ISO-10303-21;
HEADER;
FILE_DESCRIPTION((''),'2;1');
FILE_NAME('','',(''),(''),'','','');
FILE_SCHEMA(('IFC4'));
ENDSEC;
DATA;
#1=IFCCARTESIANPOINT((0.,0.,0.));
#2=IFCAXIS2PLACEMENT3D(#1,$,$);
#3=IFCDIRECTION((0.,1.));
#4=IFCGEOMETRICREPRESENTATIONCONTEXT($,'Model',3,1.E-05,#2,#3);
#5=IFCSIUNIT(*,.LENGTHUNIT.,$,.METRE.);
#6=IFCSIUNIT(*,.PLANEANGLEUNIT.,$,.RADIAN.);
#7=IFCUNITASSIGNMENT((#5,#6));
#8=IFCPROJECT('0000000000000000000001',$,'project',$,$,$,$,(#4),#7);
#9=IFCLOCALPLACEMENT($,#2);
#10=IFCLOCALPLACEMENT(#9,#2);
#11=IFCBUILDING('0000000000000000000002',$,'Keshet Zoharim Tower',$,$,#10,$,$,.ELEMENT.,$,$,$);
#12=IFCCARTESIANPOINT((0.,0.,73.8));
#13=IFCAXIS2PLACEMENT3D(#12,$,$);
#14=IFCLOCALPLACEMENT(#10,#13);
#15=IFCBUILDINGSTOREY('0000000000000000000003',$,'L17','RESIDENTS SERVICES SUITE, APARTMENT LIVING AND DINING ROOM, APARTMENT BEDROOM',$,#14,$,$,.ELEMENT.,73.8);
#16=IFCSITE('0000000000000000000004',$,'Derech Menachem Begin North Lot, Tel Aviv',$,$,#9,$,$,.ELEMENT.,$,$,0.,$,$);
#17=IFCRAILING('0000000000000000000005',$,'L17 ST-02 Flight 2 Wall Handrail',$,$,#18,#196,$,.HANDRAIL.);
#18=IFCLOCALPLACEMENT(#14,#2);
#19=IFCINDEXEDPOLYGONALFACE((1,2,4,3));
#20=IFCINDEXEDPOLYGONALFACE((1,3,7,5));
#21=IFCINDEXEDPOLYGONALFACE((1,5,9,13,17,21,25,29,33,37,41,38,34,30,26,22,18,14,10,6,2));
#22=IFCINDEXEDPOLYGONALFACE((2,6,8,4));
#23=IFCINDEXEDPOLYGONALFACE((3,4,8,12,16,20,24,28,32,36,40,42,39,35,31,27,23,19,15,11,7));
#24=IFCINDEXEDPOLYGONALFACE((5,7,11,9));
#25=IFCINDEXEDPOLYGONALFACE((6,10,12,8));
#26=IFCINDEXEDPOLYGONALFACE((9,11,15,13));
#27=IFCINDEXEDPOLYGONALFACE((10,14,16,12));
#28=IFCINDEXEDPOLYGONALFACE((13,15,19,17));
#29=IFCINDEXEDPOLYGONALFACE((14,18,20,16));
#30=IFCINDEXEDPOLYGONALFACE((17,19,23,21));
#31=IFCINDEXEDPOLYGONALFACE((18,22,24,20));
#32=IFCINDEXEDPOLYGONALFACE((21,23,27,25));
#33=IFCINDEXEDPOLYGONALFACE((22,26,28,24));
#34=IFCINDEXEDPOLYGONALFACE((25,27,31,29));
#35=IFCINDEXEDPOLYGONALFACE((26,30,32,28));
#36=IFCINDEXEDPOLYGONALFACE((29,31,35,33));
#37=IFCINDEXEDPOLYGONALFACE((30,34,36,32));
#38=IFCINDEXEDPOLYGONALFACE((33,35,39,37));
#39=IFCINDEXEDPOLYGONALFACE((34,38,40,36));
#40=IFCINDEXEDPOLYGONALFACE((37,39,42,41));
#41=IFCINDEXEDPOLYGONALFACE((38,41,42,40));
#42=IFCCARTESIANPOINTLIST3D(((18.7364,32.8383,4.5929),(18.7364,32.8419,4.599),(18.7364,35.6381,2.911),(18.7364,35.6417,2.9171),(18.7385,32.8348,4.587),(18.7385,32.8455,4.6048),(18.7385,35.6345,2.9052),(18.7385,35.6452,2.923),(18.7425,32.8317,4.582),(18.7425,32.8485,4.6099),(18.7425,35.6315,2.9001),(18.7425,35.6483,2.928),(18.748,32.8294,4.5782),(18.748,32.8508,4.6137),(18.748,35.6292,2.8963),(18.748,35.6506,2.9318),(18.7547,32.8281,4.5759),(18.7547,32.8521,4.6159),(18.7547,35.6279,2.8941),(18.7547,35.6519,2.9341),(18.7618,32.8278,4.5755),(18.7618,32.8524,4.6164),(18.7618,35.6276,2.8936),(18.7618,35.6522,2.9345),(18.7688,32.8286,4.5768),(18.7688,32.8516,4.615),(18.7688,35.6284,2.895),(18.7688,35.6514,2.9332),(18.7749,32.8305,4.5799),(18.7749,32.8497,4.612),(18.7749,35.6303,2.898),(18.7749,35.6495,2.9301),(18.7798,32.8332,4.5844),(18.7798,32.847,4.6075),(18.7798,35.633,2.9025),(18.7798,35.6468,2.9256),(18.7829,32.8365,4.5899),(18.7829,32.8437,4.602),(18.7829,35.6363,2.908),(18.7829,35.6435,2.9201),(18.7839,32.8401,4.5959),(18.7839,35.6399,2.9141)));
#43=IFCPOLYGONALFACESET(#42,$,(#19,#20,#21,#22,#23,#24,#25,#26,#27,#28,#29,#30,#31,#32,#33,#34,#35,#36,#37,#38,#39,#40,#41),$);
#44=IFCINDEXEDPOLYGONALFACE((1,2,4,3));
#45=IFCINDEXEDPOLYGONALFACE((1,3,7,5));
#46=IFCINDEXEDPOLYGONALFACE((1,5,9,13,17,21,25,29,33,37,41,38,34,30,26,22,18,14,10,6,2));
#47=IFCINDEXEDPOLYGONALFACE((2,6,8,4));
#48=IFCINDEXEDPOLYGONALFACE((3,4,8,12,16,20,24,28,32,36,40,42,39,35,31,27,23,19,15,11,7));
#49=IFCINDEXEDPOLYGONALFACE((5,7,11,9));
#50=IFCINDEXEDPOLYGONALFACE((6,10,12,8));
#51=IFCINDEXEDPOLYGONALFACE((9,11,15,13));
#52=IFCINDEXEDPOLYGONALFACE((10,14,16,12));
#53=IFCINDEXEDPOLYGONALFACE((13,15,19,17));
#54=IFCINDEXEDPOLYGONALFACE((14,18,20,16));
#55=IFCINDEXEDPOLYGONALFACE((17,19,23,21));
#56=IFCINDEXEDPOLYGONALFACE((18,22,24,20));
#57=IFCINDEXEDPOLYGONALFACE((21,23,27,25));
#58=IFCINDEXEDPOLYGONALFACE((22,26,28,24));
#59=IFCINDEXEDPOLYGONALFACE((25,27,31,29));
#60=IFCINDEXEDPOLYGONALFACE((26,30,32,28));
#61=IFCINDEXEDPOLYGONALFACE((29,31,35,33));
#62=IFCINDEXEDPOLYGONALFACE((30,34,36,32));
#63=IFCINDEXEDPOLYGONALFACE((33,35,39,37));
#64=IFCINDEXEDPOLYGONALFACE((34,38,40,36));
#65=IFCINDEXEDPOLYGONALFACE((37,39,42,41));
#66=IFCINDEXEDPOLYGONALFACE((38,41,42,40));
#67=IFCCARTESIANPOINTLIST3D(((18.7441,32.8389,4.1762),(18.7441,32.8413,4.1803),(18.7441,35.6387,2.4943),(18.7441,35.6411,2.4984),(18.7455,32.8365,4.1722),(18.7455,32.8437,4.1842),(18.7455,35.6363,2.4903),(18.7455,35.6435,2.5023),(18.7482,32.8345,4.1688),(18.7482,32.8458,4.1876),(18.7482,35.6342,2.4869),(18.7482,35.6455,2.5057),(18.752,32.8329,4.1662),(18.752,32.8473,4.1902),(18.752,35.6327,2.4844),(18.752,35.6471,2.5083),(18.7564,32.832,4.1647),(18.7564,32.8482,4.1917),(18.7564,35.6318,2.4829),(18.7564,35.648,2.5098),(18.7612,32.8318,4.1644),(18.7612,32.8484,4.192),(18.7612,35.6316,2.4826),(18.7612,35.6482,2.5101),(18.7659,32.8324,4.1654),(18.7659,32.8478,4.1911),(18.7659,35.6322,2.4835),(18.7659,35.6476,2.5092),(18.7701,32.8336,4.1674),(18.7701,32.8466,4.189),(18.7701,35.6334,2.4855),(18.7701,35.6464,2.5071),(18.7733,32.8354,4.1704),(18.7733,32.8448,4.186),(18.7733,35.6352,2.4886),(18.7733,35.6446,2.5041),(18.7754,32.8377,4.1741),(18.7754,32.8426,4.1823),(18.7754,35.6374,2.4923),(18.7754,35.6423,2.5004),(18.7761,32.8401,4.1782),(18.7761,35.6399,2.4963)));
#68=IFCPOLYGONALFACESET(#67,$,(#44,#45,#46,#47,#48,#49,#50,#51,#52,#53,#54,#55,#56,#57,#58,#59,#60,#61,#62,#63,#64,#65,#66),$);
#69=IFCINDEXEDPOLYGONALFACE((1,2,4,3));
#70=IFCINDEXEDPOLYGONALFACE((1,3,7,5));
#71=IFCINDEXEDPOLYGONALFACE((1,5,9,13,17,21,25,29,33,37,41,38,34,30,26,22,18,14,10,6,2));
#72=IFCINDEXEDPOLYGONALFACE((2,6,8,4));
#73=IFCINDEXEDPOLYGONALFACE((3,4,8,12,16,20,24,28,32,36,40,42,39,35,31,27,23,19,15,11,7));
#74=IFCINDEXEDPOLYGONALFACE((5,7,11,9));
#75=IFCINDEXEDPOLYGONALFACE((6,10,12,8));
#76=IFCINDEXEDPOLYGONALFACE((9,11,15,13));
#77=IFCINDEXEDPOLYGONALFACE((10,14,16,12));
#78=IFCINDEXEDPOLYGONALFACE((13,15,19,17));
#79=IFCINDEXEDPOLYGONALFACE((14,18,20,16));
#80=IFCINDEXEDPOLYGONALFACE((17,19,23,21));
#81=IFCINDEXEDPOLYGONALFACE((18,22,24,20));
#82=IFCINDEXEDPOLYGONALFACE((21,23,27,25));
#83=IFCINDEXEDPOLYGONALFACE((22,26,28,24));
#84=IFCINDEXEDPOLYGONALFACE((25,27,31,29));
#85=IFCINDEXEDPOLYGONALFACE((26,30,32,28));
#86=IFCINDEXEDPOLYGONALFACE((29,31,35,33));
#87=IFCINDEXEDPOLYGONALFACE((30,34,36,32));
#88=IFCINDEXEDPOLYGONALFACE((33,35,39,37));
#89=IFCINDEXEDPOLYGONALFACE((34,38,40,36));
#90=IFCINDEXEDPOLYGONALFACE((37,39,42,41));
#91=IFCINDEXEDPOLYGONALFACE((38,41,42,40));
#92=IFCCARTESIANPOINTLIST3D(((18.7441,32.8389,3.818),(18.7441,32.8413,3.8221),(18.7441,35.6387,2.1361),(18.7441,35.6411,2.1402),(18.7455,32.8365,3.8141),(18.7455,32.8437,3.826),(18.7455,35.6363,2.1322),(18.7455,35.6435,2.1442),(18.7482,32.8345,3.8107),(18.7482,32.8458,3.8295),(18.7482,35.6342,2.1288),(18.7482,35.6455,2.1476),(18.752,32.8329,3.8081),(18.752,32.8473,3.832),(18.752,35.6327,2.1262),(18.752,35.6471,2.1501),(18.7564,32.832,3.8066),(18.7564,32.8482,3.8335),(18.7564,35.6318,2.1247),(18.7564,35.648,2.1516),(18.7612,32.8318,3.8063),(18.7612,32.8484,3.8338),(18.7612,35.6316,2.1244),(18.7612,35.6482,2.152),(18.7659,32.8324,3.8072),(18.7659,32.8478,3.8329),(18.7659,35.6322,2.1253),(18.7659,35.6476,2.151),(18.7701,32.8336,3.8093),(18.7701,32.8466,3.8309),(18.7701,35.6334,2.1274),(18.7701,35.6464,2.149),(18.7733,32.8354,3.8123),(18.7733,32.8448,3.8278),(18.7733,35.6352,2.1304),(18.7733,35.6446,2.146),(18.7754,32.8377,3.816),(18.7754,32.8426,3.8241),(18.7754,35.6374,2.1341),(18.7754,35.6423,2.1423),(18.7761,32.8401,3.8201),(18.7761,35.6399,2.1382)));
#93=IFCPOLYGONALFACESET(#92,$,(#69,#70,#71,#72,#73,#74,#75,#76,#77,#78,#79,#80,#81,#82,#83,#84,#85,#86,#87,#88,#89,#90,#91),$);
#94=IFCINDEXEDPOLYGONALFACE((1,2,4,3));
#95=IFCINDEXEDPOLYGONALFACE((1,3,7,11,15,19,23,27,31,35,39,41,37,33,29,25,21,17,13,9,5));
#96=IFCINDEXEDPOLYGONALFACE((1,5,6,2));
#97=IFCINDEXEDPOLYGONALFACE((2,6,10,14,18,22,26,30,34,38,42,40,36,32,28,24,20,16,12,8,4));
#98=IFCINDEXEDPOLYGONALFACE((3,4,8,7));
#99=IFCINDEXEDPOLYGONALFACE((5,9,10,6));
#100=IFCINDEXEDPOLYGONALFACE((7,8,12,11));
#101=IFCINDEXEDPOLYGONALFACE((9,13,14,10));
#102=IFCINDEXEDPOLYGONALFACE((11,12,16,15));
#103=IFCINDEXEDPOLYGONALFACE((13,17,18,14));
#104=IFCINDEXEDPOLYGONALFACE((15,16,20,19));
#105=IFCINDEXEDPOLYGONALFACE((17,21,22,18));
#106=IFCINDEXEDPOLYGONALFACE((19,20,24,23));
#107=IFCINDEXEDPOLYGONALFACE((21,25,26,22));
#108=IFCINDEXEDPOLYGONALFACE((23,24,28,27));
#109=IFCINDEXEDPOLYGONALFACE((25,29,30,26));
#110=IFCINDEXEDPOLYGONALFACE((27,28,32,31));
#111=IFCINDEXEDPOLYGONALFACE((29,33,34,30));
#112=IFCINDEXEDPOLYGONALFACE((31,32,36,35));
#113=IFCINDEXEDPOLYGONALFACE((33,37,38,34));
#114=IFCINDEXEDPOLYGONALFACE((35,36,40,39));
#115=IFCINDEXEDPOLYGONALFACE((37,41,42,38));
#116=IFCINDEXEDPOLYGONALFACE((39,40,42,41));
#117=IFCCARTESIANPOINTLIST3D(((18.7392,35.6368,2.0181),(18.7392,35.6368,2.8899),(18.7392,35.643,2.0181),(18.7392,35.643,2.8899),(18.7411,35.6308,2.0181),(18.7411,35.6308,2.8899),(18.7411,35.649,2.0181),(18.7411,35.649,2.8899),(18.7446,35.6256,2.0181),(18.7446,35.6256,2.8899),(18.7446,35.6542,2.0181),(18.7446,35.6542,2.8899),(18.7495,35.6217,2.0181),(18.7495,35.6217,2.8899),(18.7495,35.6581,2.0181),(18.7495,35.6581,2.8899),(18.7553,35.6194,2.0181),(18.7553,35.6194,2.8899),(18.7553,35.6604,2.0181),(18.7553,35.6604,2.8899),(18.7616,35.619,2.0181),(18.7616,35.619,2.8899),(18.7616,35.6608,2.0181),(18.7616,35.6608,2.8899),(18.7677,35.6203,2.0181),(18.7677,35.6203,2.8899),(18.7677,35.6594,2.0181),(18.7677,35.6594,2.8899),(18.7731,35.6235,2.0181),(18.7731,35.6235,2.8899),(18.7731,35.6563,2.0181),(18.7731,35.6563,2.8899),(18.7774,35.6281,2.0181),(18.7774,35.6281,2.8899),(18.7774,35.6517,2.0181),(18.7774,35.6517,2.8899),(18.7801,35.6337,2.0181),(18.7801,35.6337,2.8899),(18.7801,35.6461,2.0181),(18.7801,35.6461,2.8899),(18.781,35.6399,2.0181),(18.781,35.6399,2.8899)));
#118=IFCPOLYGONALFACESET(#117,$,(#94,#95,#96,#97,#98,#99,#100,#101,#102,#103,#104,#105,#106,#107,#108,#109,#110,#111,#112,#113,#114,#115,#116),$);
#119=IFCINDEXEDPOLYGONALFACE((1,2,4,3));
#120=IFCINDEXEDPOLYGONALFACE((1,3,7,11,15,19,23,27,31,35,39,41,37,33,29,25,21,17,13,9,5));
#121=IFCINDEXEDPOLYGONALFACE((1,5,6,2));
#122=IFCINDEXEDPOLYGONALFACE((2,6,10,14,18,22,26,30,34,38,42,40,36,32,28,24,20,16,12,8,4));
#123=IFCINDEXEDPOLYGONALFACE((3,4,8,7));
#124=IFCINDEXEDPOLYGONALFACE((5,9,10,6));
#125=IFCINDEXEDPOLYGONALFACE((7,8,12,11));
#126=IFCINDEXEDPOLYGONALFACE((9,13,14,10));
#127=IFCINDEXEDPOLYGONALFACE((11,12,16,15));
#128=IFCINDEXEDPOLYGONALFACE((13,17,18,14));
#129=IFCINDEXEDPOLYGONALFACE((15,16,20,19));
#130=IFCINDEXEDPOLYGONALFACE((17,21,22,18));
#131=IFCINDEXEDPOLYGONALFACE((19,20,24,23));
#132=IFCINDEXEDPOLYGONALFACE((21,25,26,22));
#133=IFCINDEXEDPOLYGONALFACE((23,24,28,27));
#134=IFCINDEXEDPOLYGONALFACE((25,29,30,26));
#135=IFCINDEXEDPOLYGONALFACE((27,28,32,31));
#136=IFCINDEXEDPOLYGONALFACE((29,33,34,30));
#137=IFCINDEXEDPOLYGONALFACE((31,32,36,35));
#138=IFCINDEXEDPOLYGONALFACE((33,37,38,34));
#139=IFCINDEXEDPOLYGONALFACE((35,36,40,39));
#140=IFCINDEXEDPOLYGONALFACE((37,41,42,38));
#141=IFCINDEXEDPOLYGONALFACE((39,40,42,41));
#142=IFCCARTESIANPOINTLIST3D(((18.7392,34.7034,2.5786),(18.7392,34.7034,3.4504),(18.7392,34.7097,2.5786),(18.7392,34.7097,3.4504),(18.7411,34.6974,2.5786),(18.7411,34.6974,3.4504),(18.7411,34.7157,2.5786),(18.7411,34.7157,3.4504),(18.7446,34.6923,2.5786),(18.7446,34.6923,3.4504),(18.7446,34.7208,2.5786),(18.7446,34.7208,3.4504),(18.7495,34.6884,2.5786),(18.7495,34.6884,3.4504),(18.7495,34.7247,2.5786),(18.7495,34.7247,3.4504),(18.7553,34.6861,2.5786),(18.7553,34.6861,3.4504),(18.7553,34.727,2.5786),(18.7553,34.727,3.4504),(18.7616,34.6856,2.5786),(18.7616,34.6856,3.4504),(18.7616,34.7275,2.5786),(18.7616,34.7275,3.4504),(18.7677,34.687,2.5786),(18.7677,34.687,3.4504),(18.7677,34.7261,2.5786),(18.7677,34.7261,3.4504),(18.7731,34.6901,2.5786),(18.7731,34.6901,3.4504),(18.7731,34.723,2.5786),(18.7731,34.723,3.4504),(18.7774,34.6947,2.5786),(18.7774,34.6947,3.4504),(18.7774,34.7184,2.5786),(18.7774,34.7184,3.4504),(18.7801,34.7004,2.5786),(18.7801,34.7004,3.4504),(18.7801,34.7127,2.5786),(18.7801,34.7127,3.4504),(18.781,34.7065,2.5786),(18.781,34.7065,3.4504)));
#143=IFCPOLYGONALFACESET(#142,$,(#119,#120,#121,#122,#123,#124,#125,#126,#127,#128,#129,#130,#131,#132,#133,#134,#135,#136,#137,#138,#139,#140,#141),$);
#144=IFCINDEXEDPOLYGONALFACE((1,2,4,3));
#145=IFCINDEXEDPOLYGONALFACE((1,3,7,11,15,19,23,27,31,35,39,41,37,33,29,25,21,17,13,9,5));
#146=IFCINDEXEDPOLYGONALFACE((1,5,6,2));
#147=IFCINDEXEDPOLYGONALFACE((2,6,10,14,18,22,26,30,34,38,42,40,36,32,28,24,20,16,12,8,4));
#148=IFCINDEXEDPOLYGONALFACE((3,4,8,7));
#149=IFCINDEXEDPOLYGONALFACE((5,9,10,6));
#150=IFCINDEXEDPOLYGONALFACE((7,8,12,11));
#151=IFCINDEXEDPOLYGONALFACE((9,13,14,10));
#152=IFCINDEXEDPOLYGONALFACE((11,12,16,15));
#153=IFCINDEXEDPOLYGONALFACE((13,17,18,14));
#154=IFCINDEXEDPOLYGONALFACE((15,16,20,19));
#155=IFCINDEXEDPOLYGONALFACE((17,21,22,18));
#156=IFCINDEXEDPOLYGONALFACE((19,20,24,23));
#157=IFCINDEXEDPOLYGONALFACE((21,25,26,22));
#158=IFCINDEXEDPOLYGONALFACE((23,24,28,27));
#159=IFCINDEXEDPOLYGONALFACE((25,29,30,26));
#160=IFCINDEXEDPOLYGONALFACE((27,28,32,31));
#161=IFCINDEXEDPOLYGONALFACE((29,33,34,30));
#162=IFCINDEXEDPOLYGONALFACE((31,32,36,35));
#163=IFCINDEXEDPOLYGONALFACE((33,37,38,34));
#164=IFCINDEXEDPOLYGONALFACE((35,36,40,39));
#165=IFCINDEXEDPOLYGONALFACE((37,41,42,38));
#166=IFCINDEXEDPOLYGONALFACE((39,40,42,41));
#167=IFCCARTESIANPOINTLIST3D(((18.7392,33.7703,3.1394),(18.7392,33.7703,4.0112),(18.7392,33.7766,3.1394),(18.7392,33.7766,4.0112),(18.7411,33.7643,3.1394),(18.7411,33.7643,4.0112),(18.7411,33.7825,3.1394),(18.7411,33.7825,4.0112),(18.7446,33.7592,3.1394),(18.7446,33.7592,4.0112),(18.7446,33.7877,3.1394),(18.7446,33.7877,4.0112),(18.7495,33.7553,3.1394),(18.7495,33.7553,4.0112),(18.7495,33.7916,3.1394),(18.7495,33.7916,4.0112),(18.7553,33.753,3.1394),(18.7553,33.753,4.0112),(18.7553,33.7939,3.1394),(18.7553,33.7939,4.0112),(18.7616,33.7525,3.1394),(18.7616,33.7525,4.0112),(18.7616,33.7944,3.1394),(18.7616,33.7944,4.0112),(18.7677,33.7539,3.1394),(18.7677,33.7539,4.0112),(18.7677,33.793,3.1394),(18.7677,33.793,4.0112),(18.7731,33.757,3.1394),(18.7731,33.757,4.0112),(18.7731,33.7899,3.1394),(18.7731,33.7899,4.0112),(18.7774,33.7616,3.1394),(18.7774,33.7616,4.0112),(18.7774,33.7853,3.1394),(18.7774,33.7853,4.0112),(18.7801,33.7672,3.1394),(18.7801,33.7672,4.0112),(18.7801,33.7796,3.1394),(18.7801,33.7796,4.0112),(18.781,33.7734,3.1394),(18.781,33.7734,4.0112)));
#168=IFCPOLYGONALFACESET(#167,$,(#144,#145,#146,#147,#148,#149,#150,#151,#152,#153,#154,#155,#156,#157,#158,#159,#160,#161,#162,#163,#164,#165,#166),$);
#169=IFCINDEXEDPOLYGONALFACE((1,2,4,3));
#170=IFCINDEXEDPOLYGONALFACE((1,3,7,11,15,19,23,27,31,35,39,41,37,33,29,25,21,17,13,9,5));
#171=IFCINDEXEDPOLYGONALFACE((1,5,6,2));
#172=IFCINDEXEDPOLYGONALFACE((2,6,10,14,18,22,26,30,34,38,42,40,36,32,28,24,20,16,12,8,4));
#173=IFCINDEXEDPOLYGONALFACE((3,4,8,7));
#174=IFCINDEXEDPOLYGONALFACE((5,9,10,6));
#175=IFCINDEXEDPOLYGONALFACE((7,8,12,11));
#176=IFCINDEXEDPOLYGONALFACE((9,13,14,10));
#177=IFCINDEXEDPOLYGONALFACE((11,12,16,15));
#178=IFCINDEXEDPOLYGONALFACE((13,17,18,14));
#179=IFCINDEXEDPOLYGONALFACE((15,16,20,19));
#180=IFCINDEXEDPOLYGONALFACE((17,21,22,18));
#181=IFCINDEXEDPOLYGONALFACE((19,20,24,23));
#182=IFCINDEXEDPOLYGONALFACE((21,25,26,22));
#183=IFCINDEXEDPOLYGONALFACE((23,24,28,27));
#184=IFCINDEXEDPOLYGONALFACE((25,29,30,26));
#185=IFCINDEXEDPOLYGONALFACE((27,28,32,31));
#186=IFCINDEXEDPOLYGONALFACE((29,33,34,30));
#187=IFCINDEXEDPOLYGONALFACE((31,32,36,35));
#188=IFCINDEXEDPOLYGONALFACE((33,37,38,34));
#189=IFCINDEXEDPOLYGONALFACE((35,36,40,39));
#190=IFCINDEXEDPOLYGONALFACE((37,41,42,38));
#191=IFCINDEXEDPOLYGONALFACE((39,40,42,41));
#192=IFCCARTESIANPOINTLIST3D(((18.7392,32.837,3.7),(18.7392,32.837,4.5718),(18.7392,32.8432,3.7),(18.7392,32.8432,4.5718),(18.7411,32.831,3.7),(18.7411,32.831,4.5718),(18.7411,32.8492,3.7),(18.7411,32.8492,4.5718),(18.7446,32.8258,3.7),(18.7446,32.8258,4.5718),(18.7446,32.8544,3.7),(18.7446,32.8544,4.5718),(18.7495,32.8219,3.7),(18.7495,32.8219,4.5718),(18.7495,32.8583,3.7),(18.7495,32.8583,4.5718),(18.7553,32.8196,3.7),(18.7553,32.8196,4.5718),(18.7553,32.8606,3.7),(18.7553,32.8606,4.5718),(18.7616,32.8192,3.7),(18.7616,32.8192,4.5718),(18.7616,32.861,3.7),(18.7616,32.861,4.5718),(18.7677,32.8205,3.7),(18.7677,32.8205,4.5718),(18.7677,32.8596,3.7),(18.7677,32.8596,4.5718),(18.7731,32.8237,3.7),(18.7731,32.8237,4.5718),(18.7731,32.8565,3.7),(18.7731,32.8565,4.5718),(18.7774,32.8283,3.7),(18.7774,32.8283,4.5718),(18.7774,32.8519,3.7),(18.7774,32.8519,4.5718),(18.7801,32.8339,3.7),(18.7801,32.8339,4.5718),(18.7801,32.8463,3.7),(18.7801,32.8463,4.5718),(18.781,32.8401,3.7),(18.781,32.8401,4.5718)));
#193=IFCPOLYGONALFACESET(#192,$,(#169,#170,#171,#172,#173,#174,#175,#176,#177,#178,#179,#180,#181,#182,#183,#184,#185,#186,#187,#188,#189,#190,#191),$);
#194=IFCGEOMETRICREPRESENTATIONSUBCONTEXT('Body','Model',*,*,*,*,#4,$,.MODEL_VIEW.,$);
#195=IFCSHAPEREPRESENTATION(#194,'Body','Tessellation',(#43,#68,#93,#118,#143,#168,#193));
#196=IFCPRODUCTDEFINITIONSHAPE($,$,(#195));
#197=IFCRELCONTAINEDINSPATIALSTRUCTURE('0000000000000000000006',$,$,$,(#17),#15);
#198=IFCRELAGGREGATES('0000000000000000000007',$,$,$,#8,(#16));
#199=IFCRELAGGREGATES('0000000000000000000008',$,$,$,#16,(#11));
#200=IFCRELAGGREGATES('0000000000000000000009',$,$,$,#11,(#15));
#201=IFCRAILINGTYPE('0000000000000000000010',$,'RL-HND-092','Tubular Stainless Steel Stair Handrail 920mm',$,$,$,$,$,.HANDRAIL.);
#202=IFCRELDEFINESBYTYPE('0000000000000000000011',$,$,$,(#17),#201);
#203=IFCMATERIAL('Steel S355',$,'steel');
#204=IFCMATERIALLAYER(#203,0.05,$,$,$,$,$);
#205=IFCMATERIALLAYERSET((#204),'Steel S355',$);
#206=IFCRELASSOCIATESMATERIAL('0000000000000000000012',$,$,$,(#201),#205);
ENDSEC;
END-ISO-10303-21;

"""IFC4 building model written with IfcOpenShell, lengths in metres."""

from ifc_helpers import new_model, si_unit, direction, frame, origin, origin_2d, place, context, subcontext, project, spatial, circle, extrude, material, layer, layer_set, type_object, element, save


model = new_model("IFC4")

# Units and contexts
model_context = context("Model", 3, precision=1e-05, world=origin(), true_north=direction((0.0, 1.0)))
body_context = subcontext(model_context, "Body", "Model", "MODEL_VIEW")
ifc_project = project(units=[si_unit("LENGTHUNIT", "METRE"), si_unit("PLANEANGLEUNIT", "RADIAN")], contexts=[model_context])

# Site, building, storey
site_placement = place(None, origin())
site = spatial("IfcSite", under=ifc_project, at=site_placement, Name="Derech Menachem Begin North Lot, Tel Aviv", CompositionType="ELEMENT", RefElevation=0.0)
building_placement = place(site_placement, origin())
building = spatial("IfcBuilding", under=site, at=building_placement, Name="Keshet Zoharim Tower", CompositionType="ELEMENT")
storey_placement = place(building_placement, frame((0.0, 0.0, 73.8)))
storey = spatial("IfcBuildingStorey", under=building, at=storey_placement, Name="L17", Description="RESIDENTS SERVICES SUITE, APARTMENT LIVING AND DINING ROOM, APARTMENT BEDROOM", CompositionType="ELEMENT", Elevation=73.8)

# Shared definitions
ifc_material_1 = material(Name="Steel S355", Category="steel")

# Railing
ifc_layer_1 = layer(ifc_material_1, 0.05)
ifc_layer_set_1 = layer_set([ifc_layer_1], Name="Steel S355")
railing_type_1 = type_object("IfcRailingType", Name="RL-HND-092", Description="Tubular Stainless Steel Stair Handrail 920mm", PredefinedType="HANDRAIL", material=ifc_layer_set_1)
railing_1_placement = place(storey_placement, frame((18.76, 35.6399, 2.0181)))
element("IfcRailing", 1, at=railing_1_placement, inside=storey, type_object=railing_type_1, Name="L17 ST-02 Flight 2 Wall Handrail", PredefinedType="HANDRAIL", context=body_context, shape_type="SweptSolid", body=[
    extrude(circle(Radius=0.0239, at=origin_2d()), frame((0.0, 0.0, 0.896), z_axis=(0.0, -0.857222, 0.514946), x_axis=(1.0, 0.0, 0.0)), (0.0, 0.0, 1.0), 3.2661),
    extrude(circle(Radius=0.0161, at=origin_2d()), frame((0.0, 0.0, 0.4783), z_axis=(0.0, -0.857222, 0.514946), x_axis=(1.0, 0.0, 0.0)), (0.0, 0.0, 1.0), 3.2661),
    extrude(circle(Radius=0.0161, at=origin_2d()), frame((0.0, 0.0, 0.1201), z_axis=(0.0, -0.857222, 0.514946), x_axis=(1.0, 0.0, 0.0)), (0.0, 0.0, 1.0), 3.2661),
    extrude(circle(Radius=0.021, at=origin_2d()), origin(), (0.0, 0.0, 1.0), 0.8718),
    extrude(circle(Radius=0.021, at=origin_2d()), frame((0.0, -0.9333, 0.5605)), (0.0, 0.0, 1.0), 0.8718),
    extrude(circle(Radius=0.021, at=origin_2d()), frame((0.0, -1.8665, 1.1213)), (0.0, 0.0, 1.0), 0.8718),
    extrude(circle(Radius=0.021, at=origin_2d()), frame((0.0, -2.7998, 1.6819)), (0.0, 0.0, 1.0), 0.8718),
])

save(model, "model.ifc")
